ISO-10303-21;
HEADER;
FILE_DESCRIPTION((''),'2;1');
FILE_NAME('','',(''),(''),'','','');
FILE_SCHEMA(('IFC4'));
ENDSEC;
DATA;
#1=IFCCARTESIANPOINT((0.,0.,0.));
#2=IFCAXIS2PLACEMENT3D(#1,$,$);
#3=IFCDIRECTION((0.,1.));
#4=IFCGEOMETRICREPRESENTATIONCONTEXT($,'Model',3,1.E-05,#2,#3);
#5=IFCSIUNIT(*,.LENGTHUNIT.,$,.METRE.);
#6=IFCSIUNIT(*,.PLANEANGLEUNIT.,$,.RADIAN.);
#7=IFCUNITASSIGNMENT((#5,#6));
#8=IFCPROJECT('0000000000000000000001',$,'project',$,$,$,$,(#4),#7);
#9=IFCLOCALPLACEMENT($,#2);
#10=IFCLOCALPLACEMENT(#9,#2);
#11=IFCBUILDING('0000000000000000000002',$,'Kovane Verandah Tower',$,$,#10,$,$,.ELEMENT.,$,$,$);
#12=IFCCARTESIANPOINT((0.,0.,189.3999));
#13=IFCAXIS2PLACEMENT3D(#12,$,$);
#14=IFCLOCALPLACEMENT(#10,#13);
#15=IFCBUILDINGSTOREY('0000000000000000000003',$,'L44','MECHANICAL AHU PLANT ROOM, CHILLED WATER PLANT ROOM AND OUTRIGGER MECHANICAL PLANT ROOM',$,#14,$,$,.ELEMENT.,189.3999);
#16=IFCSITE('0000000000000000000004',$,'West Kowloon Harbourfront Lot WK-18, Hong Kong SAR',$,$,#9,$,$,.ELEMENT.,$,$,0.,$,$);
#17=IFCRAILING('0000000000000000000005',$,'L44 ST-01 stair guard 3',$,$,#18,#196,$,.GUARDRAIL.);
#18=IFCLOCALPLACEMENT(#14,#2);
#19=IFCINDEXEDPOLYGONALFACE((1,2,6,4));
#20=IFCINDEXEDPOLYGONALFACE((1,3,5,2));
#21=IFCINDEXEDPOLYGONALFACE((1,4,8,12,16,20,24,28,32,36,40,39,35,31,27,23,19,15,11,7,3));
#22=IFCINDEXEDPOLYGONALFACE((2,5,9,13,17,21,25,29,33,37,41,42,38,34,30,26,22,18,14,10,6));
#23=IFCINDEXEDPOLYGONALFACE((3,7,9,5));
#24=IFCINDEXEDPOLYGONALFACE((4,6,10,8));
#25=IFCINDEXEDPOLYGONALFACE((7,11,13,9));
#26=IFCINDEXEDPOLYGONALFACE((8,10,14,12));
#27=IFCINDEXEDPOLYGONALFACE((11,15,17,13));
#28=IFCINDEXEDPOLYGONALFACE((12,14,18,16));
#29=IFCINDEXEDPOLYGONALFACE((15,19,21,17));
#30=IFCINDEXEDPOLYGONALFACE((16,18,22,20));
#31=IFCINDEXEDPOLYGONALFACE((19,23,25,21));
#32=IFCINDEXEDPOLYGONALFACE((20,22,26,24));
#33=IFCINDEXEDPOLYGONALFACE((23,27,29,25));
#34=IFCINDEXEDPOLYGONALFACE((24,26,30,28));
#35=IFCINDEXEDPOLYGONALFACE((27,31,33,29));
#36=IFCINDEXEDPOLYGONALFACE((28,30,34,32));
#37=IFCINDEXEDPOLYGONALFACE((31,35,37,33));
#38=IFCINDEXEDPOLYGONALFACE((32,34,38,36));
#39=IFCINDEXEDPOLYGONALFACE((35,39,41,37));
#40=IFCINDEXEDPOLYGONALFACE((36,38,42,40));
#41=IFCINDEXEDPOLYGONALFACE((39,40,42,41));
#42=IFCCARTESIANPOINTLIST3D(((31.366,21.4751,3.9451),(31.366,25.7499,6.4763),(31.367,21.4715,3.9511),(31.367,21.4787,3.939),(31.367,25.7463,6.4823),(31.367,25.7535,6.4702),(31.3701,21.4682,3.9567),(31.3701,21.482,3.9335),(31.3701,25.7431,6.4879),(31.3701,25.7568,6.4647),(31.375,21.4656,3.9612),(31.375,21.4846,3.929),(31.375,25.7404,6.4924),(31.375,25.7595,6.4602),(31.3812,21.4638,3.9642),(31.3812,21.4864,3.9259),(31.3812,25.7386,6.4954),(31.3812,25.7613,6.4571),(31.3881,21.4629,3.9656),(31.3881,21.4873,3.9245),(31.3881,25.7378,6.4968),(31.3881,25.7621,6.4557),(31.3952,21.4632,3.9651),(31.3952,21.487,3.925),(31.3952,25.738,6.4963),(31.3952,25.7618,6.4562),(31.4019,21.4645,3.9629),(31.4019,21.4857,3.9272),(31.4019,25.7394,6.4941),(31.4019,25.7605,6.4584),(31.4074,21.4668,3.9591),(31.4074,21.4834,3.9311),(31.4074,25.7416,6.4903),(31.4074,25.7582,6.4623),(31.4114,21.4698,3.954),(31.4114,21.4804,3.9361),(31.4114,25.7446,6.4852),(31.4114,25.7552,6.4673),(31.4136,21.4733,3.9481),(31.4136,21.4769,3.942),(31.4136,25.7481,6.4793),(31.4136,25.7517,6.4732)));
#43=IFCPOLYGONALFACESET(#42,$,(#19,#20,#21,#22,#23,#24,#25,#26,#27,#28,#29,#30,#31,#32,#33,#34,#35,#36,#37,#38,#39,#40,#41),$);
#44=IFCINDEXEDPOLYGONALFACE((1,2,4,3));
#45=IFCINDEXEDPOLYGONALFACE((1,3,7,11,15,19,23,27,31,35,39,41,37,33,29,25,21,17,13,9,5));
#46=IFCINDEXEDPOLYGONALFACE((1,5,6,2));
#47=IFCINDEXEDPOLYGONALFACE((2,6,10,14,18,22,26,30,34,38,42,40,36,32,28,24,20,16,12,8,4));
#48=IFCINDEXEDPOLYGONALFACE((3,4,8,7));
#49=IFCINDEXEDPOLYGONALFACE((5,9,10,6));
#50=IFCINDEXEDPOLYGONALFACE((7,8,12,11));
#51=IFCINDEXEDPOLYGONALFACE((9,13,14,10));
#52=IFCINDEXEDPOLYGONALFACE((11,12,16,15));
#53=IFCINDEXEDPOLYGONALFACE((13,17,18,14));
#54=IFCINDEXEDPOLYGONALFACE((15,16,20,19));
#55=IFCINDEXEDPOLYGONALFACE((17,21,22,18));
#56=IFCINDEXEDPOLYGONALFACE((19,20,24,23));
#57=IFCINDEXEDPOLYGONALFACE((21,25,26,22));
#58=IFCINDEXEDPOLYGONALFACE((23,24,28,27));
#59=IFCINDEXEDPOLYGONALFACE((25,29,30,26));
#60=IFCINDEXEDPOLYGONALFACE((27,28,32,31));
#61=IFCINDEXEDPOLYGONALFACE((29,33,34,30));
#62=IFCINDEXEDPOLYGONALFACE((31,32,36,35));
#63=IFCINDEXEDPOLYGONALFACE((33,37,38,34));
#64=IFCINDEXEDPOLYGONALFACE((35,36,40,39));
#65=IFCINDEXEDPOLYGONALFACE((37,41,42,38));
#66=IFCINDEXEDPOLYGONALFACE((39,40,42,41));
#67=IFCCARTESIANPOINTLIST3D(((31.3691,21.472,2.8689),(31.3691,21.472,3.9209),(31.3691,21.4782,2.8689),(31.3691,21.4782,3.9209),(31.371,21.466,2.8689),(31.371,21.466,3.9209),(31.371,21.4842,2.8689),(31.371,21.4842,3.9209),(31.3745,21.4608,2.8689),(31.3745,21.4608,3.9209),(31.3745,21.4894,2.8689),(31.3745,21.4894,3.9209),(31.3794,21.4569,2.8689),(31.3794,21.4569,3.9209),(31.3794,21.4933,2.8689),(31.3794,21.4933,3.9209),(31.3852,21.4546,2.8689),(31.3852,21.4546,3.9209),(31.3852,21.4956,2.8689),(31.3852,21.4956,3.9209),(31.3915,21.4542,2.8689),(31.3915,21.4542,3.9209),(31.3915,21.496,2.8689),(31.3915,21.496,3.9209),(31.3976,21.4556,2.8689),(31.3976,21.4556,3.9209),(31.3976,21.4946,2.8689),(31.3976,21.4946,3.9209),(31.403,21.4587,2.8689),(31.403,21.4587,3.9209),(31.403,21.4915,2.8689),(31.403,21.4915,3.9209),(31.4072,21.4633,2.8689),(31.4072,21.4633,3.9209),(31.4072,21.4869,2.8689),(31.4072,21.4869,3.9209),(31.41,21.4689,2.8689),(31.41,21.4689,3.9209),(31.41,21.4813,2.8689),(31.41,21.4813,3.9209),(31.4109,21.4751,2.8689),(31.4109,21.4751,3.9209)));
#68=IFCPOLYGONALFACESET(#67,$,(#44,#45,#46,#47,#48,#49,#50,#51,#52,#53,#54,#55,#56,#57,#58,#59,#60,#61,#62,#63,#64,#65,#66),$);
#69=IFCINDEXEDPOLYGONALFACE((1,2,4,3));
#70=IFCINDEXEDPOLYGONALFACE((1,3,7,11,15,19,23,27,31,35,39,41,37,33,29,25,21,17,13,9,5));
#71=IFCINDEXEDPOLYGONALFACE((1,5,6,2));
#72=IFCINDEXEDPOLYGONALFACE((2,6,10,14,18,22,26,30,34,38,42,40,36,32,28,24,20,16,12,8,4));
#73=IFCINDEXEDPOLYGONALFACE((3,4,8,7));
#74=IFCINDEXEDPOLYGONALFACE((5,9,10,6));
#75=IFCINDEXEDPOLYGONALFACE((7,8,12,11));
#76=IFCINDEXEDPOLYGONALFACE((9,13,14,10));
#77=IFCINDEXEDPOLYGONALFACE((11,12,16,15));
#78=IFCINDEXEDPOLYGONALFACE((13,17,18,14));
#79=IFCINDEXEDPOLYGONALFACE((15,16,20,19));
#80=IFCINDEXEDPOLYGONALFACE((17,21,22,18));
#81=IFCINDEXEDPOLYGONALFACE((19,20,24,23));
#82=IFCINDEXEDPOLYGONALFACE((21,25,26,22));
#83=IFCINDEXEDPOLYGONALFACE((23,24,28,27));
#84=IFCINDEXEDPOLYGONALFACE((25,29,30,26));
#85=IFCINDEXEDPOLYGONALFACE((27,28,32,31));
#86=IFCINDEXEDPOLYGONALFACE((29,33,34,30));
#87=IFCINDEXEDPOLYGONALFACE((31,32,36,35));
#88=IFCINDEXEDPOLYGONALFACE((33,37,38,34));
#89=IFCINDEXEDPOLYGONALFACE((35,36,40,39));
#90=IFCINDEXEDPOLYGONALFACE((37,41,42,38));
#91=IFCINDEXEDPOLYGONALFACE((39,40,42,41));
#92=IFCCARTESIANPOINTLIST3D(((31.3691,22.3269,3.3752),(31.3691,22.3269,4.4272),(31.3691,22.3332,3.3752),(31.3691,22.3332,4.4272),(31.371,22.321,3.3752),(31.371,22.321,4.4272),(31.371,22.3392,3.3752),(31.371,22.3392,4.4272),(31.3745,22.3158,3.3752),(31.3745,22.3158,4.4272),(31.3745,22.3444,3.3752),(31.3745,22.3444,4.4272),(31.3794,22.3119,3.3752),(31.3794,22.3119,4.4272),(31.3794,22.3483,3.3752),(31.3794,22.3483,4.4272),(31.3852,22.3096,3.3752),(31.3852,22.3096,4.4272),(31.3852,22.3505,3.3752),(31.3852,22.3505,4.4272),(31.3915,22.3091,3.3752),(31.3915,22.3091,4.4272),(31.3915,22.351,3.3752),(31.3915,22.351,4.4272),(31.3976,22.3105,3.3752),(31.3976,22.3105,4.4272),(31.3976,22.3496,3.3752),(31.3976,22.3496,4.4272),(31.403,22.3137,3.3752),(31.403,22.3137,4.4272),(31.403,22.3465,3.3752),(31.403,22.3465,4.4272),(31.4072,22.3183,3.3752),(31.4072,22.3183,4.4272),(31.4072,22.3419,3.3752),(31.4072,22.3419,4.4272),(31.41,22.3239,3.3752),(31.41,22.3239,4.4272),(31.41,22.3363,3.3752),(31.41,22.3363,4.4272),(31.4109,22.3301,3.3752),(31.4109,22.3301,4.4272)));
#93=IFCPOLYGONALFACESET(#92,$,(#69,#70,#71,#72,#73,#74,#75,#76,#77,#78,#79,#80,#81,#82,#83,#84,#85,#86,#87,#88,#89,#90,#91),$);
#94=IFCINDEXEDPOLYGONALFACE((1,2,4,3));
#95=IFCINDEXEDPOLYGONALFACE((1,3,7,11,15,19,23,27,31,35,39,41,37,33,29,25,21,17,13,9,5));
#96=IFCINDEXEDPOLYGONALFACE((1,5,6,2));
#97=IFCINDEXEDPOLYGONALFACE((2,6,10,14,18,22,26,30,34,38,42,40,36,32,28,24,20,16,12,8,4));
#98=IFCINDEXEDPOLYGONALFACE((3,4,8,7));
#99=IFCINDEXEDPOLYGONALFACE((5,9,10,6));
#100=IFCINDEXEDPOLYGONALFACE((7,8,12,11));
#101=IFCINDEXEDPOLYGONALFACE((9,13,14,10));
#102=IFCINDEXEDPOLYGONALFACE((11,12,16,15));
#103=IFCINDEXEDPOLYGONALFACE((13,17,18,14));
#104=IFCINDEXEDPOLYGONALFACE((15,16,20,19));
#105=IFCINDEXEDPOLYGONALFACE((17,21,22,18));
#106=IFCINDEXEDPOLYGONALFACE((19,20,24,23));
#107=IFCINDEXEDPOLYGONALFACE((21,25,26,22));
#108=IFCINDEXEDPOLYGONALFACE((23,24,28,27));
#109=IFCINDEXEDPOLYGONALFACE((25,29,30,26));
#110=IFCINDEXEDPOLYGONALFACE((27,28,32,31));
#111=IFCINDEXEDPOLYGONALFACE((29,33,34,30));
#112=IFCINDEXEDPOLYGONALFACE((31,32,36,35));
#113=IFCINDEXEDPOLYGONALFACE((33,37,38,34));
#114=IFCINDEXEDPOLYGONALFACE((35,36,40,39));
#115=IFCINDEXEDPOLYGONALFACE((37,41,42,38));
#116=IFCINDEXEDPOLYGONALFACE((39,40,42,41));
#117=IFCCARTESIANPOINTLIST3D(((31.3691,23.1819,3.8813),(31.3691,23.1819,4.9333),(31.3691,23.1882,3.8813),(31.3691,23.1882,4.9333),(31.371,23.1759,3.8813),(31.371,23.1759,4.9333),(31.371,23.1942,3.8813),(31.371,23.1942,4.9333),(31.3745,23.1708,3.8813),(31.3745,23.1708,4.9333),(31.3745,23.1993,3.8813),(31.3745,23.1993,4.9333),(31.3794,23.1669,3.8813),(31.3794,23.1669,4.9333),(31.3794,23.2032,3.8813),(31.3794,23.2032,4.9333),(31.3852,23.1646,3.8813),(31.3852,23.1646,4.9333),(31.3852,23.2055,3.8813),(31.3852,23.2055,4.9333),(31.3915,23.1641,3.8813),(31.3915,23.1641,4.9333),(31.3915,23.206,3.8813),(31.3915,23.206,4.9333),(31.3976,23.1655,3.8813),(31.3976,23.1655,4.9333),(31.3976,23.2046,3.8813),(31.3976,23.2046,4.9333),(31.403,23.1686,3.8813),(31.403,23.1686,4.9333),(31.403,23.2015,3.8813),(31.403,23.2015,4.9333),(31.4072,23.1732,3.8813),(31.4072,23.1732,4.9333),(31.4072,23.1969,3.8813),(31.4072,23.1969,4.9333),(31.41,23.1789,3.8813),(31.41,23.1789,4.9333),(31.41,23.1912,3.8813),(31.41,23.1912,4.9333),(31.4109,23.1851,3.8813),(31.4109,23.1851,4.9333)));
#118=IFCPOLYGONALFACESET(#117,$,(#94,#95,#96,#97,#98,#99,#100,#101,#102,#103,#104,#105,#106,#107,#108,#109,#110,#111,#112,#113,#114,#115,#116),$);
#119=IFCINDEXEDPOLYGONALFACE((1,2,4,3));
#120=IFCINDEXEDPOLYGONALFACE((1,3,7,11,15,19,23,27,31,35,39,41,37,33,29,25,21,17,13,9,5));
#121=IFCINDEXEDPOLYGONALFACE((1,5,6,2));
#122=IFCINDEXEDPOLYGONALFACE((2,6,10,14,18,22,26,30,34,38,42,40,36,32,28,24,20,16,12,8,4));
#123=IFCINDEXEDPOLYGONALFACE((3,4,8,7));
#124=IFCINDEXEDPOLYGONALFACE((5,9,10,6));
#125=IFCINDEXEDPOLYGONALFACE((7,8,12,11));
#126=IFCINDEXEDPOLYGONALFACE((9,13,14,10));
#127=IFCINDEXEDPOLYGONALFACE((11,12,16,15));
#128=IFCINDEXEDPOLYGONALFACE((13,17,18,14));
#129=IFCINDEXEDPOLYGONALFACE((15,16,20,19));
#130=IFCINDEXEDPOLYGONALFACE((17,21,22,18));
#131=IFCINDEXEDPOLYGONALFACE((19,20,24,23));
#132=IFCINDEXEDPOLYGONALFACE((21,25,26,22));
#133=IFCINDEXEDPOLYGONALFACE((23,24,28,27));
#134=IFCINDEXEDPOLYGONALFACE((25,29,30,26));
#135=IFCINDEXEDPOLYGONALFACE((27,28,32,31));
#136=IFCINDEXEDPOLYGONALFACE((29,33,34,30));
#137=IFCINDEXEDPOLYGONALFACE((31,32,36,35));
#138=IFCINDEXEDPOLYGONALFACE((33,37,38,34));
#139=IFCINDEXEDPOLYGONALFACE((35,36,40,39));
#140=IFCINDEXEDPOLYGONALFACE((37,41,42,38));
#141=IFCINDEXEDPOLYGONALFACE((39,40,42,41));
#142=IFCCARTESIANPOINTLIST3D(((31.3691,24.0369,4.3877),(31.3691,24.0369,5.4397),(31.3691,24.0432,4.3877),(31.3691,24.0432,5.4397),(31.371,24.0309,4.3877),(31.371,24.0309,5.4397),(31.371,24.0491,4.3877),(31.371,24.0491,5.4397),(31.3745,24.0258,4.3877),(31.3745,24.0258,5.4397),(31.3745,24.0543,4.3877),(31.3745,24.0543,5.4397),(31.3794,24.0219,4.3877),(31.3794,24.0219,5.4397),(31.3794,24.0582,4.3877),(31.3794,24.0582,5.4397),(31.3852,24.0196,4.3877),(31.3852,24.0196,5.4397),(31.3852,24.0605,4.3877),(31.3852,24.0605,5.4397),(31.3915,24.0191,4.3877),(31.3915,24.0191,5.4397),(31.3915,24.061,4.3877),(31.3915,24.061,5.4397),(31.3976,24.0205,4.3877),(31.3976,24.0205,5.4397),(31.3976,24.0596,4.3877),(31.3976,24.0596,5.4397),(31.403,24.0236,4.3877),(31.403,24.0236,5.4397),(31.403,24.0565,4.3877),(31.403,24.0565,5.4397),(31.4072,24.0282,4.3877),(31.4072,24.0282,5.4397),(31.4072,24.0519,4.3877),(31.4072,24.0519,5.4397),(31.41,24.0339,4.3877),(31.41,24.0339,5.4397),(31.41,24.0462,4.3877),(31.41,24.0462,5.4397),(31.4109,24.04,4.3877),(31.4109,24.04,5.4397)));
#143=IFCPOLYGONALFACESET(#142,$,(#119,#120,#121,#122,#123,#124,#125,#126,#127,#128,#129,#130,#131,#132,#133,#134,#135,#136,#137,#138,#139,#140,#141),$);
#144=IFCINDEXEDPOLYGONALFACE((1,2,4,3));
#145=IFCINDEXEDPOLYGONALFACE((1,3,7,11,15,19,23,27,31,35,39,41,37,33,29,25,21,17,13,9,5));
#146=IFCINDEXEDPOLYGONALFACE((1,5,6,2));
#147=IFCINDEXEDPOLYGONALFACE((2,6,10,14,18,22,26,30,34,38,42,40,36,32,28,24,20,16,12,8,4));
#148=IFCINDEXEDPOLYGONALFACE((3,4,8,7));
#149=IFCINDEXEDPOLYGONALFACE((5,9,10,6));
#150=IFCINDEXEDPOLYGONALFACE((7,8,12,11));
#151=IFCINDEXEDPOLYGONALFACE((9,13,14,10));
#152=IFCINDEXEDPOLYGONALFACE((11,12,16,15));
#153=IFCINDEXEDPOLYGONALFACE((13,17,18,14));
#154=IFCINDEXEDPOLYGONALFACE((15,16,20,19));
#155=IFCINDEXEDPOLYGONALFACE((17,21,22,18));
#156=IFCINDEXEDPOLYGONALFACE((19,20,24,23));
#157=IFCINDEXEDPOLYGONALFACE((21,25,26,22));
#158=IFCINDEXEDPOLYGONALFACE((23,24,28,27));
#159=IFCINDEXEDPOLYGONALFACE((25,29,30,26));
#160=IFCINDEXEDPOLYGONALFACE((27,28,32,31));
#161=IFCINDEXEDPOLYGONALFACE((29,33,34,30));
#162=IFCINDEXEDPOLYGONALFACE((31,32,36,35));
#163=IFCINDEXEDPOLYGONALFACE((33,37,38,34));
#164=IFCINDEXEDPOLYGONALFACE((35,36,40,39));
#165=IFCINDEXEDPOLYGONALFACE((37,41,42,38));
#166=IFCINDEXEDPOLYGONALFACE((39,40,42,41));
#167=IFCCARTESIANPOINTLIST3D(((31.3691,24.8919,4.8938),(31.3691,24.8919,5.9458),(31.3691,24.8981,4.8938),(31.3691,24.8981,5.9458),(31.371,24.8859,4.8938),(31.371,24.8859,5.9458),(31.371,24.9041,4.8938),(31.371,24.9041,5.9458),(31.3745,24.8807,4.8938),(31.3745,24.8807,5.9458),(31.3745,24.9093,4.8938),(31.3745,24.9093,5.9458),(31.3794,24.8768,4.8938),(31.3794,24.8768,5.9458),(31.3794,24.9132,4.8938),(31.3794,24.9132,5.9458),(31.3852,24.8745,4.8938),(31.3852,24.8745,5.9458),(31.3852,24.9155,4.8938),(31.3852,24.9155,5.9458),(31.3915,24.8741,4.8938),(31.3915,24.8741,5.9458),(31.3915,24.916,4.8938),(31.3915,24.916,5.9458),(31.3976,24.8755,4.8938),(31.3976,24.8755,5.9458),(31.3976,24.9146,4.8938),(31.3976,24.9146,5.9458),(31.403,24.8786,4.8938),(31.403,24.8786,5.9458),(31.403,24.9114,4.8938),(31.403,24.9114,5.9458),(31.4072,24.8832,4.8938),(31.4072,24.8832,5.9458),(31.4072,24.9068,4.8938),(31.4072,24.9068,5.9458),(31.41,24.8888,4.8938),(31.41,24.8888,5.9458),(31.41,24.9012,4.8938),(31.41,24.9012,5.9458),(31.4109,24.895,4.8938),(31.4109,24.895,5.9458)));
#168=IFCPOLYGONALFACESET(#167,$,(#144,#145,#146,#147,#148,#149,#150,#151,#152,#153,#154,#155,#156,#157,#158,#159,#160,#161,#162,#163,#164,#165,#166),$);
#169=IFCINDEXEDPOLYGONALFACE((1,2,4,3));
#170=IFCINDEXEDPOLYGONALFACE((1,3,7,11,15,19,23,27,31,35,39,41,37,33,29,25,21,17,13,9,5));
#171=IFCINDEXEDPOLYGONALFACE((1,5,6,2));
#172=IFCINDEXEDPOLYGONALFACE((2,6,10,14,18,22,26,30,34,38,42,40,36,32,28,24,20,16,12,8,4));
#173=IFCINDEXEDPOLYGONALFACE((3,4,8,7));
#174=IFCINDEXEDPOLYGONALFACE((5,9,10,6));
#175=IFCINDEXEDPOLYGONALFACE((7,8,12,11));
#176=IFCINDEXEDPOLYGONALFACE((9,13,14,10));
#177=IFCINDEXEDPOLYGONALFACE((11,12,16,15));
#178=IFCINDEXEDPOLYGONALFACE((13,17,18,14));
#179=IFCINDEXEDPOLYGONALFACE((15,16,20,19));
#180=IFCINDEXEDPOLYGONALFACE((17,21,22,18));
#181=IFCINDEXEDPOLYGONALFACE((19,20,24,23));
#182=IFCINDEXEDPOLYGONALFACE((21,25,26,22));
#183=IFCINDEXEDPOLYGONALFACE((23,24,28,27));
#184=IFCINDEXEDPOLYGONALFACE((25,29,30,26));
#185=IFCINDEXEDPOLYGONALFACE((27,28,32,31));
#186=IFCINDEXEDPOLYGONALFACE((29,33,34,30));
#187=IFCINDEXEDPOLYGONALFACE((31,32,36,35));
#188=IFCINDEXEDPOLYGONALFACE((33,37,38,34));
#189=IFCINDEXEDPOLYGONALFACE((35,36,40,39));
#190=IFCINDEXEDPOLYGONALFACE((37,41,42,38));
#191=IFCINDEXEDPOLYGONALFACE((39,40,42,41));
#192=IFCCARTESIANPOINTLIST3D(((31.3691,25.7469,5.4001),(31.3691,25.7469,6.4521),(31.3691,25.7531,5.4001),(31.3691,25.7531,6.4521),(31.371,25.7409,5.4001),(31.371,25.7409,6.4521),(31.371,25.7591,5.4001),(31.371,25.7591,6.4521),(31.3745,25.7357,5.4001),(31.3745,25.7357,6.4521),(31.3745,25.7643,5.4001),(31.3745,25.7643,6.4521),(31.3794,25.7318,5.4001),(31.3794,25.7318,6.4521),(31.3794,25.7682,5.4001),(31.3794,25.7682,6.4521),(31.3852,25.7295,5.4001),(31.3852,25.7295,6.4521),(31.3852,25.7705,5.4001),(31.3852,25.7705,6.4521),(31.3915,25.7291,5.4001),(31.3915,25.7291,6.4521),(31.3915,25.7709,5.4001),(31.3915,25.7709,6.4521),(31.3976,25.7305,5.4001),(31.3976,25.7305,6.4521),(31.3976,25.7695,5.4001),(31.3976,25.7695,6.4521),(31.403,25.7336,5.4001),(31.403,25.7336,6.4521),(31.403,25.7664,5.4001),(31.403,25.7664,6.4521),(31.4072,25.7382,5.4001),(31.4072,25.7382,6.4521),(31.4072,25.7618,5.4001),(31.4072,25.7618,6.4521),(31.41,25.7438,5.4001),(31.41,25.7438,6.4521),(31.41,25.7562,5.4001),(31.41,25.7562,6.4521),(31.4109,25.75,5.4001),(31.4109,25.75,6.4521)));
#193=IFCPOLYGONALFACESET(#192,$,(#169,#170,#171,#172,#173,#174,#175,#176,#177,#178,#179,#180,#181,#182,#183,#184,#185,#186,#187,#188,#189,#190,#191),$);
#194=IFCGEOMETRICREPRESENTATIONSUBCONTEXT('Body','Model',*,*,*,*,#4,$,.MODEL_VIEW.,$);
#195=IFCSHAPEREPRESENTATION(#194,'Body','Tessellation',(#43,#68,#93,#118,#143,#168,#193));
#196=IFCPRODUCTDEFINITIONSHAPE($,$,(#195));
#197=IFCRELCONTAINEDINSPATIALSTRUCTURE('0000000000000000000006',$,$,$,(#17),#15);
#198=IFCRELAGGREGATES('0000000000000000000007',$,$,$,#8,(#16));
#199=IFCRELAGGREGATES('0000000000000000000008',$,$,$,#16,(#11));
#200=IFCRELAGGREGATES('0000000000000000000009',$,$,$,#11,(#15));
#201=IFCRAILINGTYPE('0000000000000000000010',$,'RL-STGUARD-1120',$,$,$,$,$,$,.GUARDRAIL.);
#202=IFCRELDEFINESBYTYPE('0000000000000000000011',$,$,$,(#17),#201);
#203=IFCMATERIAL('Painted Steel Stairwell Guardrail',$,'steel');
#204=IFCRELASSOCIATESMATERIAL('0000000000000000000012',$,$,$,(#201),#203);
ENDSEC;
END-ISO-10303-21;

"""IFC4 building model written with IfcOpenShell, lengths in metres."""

from ifc_helpers import new_model, si_unit, direction, frame, origin, origin_2d, place, context, subcontext, project, spatial, circle, extrude, material, type_object, element, save


model = new_model("IFC4")

# Units and contexts
model_context = context("Model", 3, precision=1e-05, world=origin(), true_north=direction((0.0, 1.0)))
body_context = subcontext(model_context, "Body", "Model", "MODEL_VIEW")
ifc_project = project(units=[si_unit("LENGTHUNIT", "METRE"), si_unit("PLANEANGLEUNIT", "RADIAN")], contexts=[model_context])

# Site, building, storey
site_placement = place(None, origin())
site = spatial("IfcSite", under=ifc_project, at=site_placement, Name="West Kowloon Harbourfront Lot WK-18, Hong Kong SAR", CompositionType="ELEMENT", RefElevation=0.0)
building_placement = place(site_placement, origin())
building = spatial("IfcBuilding", under=site, at=building_placement, Name="Kovane Verandah Tower", CompositionType="ELEMENT")
storey_placement = place(building_placement, frame((0.0, 0.0, 189.3999)))
storey = spatial("IfcBuildingStorey", under=building, at=storey_placement, Name="L44", Description="MECHANICAL AHU PLANT ROOM, CHILLED WATER PLANT ROOM AND OUTRIGGER MECHANICAL PLANT ROOM", CompositionType="ELEMENT", Elevation=189.3999)

# Railing
ifc_material_1 = material(Name="Painted Steel Stairwell Guardrail", Category="steel")
railing_type_1 = type_object("IfcRailingType", Name="RL-STGUARD-1120", PredefinedType="GUARDRAIL", material=ifc_material_1)
railing_1_placement = place(storey_placement, frame((31.3899, 21.4751, 2.8689)))
element("IfcRailing", 1, at=railing_1_placement, inside=storey, type_object=railing_type_1, Name="L44 ST-01 stair guard 3", PredefinedType="GUARDRAIL", context=body_context, shape_type="SweptSolid", body=[
    extrude(circle(Radius=0.0239, at=origin_2d()), frame((0.0, 0.0, 1.0762), z_axis=(0.0, 0.86047, 0.509501), x_axis=(-1.0, 0.0, 0.0)), (0.0, 0.0, 1.0), 4.968),
    extrude(circle(Radius=0.021, at=origin_2d()), origin(), (0.0, 0.0, 1.0), 1.052),
    extrude(circle(Radius=0.021, at=origin_2d()), frame((0.0, 0.855, 0.5063)), (0.0, 0.0, 1.0), 1.052),
    extrude(circle(Radius=0.021, at=origin_2d()), frame((0.0, 1.71, 1.0125)), (0.0, 0.0, 1.0), 1.052),
    extrude(circle(Radius=0.021, at=origin_2d()), frame((0.0, 2.5649, 1.5188)), (0.0, 0.0, 1.0), 1.052),
    extrude(circle(Radius=0.021, at=origin_2d()), frame((0.0, 3.4199, 2.0249)), (0.0, 0.0, 1.0), 1.052),
    extrude(circle(Radius=0.021, at=origin_2d()), frame((0.0, 4.2749, 2.5312)), (0.0, 0.0, 1.0), 1.052),
])

save(model, "model.ifc")
